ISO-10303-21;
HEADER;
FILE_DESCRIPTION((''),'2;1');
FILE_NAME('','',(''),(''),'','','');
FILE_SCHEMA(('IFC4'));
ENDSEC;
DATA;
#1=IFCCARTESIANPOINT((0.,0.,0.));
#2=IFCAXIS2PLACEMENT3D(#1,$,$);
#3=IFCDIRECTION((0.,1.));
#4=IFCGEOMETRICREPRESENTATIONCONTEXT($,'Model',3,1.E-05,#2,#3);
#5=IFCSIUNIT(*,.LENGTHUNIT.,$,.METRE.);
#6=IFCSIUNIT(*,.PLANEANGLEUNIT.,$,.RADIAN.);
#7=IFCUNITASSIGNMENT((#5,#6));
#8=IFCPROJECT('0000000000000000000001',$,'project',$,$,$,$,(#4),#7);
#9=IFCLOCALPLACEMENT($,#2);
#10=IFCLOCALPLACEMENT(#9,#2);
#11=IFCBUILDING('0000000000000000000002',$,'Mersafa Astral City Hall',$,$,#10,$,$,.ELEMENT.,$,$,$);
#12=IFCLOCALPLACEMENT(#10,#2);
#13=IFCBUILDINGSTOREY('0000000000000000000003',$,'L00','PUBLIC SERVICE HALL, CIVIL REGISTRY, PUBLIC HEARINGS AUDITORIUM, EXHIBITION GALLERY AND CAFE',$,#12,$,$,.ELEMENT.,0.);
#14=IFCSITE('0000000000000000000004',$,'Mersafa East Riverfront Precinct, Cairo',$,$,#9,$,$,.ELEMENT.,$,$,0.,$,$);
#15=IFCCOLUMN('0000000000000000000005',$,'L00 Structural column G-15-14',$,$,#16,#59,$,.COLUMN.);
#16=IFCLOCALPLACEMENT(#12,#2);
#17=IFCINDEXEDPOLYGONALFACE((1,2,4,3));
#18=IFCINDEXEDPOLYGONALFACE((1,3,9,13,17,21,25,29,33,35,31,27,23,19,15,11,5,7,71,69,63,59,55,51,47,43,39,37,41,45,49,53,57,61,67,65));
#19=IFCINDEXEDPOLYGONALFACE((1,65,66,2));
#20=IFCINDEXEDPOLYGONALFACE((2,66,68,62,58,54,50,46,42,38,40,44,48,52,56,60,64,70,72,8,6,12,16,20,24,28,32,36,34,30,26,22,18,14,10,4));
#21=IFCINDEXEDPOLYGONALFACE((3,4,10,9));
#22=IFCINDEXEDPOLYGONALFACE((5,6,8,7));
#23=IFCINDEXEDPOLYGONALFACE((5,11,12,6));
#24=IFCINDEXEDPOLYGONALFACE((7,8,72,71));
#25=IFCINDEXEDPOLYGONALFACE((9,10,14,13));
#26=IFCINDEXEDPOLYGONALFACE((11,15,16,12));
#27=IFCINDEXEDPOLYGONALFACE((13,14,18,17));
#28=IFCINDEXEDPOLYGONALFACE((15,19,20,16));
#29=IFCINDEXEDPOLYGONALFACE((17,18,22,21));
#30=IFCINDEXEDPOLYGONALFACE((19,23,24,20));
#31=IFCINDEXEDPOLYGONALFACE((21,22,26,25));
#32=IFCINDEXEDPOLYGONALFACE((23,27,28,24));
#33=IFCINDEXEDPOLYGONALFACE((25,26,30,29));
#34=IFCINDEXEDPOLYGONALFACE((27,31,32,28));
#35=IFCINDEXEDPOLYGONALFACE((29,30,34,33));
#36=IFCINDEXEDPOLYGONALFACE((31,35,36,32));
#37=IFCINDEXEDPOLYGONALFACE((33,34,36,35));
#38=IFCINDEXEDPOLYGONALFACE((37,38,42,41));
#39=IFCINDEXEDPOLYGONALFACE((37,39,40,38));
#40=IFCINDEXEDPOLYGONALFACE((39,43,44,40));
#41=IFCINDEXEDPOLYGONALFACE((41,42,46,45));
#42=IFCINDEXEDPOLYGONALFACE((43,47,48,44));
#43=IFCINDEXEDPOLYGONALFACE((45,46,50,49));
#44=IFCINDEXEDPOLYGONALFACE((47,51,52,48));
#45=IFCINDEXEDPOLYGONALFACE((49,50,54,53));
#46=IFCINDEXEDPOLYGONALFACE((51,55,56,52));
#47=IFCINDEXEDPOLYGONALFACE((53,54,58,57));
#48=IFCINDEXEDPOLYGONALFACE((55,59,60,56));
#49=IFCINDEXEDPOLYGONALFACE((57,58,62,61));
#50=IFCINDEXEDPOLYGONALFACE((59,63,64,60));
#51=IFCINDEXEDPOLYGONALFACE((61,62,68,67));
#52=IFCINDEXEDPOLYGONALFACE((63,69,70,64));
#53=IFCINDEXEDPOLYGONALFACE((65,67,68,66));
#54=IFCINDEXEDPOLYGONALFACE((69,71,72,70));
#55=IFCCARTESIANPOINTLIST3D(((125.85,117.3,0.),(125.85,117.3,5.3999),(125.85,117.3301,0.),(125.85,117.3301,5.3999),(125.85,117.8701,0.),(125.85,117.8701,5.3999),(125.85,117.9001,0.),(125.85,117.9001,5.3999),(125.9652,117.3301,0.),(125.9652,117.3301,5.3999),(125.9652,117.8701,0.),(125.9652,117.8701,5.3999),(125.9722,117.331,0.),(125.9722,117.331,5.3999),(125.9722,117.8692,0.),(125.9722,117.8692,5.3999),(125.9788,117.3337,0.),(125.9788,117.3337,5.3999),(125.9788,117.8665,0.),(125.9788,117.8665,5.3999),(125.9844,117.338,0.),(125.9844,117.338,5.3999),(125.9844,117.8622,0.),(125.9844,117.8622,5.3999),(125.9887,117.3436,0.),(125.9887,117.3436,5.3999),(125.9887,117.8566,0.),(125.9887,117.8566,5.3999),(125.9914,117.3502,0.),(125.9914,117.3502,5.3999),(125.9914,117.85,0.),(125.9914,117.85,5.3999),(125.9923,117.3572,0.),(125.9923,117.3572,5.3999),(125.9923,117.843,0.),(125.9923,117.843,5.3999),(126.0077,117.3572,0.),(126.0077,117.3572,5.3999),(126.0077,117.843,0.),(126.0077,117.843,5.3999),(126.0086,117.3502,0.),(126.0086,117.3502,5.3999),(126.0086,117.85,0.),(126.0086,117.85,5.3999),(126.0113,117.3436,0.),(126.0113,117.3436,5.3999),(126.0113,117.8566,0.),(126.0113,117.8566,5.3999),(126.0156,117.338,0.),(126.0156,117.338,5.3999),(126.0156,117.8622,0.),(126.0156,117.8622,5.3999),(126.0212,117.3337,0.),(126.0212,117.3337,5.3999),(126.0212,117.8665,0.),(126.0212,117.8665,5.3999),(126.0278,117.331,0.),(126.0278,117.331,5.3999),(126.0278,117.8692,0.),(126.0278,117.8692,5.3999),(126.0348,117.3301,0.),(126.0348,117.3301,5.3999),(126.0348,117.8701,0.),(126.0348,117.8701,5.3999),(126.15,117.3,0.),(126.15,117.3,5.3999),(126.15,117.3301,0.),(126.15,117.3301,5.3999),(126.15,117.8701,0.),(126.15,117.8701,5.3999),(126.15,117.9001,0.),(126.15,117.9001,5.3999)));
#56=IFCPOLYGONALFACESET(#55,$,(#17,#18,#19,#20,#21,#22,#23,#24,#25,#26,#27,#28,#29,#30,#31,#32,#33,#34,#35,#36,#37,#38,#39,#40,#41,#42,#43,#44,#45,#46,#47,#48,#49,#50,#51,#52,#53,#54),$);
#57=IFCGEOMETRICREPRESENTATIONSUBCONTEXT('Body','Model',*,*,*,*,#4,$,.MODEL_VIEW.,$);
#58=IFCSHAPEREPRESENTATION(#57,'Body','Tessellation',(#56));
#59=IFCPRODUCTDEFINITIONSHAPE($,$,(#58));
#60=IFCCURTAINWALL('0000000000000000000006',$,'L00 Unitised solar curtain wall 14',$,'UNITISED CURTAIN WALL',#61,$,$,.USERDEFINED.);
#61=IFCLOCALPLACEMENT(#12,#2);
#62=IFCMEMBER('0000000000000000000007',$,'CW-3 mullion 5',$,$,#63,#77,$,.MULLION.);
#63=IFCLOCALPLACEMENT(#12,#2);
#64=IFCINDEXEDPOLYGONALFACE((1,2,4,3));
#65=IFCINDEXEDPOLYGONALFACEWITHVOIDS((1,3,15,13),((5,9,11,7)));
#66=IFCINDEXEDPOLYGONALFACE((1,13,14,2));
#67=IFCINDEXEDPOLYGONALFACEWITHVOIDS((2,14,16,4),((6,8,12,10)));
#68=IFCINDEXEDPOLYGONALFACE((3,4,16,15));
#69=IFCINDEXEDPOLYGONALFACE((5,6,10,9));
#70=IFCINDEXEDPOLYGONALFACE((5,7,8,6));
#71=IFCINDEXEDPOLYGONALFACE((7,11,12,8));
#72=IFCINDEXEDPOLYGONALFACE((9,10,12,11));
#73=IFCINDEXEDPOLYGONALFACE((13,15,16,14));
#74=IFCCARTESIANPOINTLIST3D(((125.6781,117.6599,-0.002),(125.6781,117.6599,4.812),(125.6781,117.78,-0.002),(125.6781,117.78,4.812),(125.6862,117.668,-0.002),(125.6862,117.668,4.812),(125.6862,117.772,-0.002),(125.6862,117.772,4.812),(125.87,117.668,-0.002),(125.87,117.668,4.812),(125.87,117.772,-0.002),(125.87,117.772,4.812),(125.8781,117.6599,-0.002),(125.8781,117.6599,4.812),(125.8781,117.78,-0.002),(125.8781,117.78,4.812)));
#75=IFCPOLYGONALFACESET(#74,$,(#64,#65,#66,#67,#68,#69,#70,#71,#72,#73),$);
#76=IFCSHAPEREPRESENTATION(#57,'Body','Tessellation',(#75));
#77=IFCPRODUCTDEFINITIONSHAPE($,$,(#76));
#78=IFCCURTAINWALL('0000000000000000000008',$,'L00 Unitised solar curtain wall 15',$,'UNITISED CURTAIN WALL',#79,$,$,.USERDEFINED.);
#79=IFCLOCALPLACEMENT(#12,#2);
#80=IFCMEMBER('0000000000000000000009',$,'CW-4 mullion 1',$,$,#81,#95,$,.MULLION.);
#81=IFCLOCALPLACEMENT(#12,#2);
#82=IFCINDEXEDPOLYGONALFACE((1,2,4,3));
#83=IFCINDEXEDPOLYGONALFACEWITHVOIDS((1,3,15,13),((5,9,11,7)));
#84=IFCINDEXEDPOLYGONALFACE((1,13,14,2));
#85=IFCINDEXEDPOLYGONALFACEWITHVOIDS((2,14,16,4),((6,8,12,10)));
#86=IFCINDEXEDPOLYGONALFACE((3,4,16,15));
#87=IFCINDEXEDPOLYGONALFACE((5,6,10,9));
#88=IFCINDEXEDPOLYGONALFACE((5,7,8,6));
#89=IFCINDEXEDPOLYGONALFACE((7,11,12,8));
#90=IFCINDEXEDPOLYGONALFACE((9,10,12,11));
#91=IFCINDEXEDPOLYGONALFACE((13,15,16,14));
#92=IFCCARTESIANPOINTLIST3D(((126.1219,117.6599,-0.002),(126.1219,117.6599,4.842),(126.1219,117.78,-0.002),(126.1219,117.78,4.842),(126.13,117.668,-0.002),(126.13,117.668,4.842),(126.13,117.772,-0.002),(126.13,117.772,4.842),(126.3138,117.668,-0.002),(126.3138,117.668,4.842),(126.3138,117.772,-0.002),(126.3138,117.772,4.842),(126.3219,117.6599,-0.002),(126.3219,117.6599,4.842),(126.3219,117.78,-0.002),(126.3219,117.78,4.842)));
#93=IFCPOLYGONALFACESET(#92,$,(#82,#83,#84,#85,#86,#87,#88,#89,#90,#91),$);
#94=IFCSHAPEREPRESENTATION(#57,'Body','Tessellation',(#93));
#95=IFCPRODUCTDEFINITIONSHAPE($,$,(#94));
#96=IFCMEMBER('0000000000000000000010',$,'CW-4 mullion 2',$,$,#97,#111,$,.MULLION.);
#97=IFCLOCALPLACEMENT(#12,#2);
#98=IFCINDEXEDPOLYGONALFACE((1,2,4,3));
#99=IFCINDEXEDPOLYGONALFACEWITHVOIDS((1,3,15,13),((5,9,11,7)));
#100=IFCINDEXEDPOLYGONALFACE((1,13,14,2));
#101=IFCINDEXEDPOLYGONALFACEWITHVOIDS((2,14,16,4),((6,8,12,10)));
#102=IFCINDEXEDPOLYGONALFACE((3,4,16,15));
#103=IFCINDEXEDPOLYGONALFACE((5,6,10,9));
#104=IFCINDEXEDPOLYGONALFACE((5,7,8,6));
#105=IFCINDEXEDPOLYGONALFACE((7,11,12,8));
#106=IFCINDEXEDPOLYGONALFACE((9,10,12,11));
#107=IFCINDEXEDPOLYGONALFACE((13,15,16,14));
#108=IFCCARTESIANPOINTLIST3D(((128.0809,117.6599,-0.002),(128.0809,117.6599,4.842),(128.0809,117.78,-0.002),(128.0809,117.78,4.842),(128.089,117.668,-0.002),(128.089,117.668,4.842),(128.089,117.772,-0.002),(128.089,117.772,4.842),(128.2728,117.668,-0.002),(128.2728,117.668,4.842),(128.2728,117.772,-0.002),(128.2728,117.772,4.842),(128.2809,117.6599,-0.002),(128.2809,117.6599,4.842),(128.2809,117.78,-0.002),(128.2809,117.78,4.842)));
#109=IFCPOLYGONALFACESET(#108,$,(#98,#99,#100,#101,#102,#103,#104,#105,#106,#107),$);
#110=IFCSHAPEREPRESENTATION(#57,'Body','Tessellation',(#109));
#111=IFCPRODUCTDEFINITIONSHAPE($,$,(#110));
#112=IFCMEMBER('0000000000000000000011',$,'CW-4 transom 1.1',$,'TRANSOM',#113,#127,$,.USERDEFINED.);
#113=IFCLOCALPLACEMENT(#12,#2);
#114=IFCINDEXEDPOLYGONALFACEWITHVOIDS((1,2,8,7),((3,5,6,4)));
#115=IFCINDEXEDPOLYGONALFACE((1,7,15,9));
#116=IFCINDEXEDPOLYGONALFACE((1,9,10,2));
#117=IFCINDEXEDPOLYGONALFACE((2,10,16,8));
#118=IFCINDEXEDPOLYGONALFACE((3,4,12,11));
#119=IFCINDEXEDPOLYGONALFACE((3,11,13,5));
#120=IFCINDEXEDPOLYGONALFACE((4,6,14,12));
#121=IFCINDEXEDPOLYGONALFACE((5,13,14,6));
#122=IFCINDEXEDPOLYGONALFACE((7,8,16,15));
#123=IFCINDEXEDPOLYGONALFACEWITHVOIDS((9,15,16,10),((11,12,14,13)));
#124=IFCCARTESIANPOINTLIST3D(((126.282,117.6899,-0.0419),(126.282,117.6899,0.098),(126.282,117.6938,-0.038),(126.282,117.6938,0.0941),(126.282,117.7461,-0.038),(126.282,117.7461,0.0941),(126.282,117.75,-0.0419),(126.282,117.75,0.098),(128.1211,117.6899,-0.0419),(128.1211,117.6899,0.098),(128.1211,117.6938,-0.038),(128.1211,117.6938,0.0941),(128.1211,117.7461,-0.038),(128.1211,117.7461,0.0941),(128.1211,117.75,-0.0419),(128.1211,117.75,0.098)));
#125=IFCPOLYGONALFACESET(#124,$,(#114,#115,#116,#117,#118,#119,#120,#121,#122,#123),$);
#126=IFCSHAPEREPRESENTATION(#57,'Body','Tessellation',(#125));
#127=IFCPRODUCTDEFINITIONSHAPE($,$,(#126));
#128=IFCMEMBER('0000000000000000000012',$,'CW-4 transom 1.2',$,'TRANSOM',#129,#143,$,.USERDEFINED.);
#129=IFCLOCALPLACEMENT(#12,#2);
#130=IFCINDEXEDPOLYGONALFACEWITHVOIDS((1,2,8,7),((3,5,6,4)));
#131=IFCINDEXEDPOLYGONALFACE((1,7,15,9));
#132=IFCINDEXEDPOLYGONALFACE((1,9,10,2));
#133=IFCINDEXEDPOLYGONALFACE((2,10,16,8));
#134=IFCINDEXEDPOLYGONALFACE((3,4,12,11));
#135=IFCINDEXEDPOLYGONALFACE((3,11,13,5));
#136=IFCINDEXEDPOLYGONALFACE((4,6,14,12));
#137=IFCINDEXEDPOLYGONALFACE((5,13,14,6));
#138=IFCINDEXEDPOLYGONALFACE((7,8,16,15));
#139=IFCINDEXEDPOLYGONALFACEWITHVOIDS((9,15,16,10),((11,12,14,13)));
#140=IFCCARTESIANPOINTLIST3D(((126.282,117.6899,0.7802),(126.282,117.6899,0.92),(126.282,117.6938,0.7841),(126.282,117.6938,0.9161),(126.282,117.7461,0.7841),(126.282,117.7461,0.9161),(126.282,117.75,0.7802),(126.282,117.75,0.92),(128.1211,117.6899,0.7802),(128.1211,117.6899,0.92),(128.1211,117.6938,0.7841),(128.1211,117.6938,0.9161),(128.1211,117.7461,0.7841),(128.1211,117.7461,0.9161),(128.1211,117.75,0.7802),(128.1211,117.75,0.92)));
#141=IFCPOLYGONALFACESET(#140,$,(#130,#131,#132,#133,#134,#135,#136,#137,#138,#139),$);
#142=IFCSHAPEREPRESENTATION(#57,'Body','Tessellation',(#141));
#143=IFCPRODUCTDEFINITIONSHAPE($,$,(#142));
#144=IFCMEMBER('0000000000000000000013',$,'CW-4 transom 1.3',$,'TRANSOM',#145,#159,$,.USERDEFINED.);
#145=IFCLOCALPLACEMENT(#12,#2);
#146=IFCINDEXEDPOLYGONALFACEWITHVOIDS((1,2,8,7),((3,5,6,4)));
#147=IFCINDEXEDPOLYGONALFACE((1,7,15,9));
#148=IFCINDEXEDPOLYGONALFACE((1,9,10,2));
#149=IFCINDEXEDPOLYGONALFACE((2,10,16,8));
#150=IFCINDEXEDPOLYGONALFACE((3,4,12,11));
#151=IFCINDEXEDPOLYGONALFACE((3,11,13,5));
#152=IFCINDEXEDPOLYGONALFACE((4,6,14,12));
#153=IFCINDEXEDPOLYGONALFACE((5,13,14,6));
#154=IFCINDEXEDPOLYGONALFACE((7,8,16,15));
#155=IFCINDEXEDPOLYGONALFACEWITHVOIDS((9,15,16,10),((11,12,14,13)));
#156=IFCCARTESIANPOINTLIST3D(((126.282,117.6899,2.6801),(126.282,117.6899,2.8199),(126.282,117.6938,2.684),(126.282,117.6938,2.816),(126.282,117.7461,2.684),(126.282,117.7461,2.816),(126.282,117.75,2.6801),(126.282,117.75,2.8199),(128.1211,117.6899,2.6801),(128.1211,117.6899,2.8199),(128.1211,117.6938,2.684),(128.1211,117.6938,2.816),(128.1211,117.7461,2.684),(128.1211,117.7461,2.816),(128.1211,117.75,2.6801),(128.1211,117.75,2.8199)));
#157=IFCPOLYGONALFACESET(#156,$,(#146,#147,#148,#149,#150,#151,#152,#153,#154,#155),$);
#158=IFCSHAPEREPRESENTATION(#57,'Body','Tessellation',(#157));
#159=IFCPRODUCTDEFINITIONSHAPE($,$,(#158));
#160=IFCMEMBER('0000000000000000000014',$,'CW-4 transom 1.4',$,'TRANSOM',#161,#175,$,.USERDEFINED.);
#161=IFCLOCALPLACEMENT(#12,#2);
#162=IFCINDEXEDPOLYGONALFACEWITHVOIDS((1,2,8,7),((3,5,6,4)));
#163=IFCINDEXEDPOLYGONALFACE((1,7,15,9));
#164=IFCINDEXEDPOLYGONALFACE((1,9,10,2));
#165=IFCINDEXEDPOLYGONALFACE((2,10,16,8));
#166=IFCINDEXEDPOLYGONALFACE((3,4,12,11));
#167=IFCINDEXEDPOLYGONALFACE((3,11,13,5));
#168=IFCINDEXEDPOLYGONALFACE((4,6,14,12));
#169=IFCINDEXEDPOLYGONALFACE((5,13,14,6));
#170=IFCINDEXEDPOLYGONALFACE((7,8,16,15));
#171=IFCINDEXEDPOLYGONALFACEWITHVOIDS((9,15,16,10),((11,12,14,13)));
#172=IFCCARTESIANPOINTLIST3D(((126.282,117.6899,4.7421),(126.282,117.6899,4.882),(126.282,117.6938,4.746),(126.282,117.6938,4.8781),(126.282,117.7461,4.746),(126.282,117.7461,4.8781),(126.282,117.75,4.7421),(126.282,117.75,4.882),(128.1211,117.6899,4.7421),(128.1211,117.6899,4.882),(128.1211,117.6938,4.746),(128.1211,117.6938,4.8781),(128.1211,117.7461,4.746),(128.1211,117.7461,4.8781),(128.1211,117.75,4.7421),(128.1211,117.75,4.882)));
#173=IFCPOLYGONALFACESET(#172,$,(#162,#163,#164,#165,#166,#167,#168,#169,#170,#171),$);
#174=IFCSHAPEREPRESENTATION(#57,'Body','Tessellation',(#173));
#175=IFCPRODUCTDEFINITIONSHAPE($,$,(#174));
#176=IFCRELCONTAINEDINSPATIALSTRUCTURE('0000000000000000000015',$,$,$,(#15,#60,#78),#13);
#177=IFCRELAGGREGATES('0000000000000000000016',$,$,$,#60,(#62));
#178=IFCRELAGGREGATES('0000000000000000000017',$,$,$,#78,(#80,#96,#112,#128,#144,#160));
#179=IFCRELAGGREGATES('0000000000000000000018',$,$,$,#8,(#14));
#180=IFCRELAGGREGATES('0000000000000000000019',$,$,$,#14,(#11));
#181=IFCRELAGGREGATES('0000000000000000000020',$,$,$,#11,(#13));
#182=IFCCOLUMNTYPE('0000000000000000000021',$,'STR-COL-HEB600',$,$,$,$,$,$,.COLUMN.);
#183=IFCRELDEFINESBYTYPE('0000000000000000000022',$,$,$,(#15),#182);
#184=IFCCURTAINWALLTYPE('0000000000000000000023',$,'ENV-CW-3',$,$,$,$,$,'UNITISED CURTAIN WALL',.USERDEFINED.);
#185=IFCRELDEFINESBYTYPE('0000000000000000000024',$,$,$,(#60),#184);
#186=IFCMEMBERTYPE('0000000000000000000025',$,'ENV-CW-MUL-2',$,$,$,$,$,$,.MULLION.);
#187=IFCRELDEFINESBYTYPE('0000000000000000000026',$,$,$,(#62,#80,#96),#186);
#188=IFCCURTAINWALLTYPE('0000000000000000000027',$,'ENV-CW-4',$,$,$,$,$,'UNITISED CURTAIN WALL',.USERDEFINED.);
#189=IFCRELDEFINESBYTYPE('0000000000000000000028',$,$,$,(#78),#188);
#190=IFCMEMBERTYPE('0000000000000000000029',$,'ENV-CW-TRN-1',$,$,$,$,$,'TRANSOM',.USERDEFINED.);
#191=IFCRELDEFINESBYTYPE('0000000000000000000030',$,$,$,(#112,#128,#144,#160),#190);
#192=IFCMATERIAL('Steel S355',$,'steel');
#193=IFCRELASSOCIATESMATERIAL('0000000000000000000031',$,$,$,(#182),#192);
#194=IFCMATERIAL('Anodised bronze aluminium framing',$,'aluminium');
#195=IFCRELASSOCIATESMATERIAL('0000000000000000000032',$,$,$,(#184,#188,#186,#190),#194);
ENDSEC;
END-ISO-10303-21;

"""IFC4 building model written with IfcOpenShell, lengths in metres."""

from ifc_helpers import new_model, si_unit, direction, frame, origin, origin_2d, place, context, subcontext, project, spatial, hollow_rectangle, i_section, extrude, material, material_profile, profile_set, type_object, element, aggregate, save


model = new_model("IFC4")

# Units and contexts
model_context = context("Model", 3, precision=1e-05, world=origin(), true_north=direction((0.0, 1.0)))
body_context = subcontext(model_context, "Body", "Model", "MODEL_VIEW")
ifc_project = project(units=[si_unit("LENGTHUNIT", "METRE"), si_unit("PLANEANGLEUNIT", "RADIAN")], contexts=[model_context])

# Site, building, storey
site_placement = place(None, origin())
site = spatial("IfcSite", under=ifc_project, at=site_placement, Name="Mersafa East Riverfront Precinct, Cairo", CompositionType="ELEMENT", RefElevation=0.0)
building_placement = place(site_placement, origin())
building = spatial("IfcBuilding", under=site, at=building_placement, Name="Mersafa Astral City Hall", CompositionType="ELEMENT")
storey_placement = place(building_placement, origin())
storey = spatial("IfcBuildingStorey", under=building, at=storey_placement, Name="L00", Description="PUBLIC SERVICE HALL, CIVIL REGISTRY, PUBLIC HEARINGS AUDITORIUM, EXHIBITION GALLERY AND CAFE", CompositionType="ELEMENT", Elevation=0.0)

# Column
ifc_material_1 = material(Name="Steel S355", Category="steel")
ifc_material_profile_1 = material_profile(ifc_material_1, i_section(OverallWidth=0.3, OverallDepth=0.6001, WebThickness=0.0154, FlangeThickness=0.03, FilletRadius=0.0271, at=origin_2d()), Name="HEB 600")
ifc_profile_set_1 = profile_set([ifc_material_profile_1], Name="Steel S355")
column_type = type_object("IfcColumnType", Name="STR-COL-HEB600", PredefinedType="COLUMN", material=ifc_profile_set_1)
column_placement = place(storey_placement, frame((126.0, 117.6001, 0.0), z_axis=(0.0, 0.0, 1.0), x_axis=(1.0, 0.0, 0.0)))
element("IfcColumn", 1, at=column_placement, inside=storey, type_object=column_type, Name="L00 Structural column G-15-14", PredefinedType="COLUMN", context=body_context, shape_type="SweptSolid", body=[
    extrude(i_section(OverallWidth=0.3, OverallDepth=0.6001, WebThickness=0.0154, FlangeThickness=0.03, FilletRadius=0.0271, at=origin_2d()), origin(), (0.0, 0.0, 1.0), 5.3999),
])

# Curtain wall, member
ifc_material_2 = material(Name="Anodised bronze aluminium framing", Category="aluminium")
curtain_wall_type_1 = type_object("IfcCurtainWallType", Name="ENV-CW-3", ElementType="UNITISED CURTAIN WALL", PredefinedType="USERDEFINED", material=ifc_material_2)
curtain_wall_1_placement = place(storey_placement, origin())
curtain_wall_1 = element("IfcCurtainWall", 2, at=curtain_wall_1_placement, inside=storey, type_object=curtain_wall_type_1, Name="L00 Unitised solar curtain wall 14", ObjectType="UNITISED CURTAIN WALL", PredefinedType="USERDEFINED")
ifc_material_profile_2 = material_profile(ifc_material_2, hollow_rectangle(XDim=0.1201, YDim=0.2, WallThickness=0.0081, at=origin_2d()), Name="RHS 120x200x8")
ifc_profile_set_2 = profile_set([ifc_material_profile_2], Name="Anodised bronze aluminium framing")
member_type_1 = type_object("IfcMemberType", Name="ENV-CW-MUL-2", PredefinedType="MULLION", material=ifc_profile_set_2)
member_1_placement = place(storey_placement, frame((125.7781, 117.72, -0.002), z_axis=(0.0, 0.0, 1.0), x_axis=(0.0, 1.0, 0.0)))
member_1 = element("IfcMember", 3, at=member_1_placement, type_object=member_type_1, Name="CW-3 mullion 5", PredefinedType="MULLION", context=body_context, shape_type="SweptSolid", body=[
    extrude(hollow_rectangle(XDim=0.1201, YDim=0.2, WallThickness=0.0081, at=origin_2d()), origin(), (0.0, 0.0, 1.0), 4.814),
])

# Curtain wall, members
curtain_wall_type_2 = type_object("IfcCurtainWallType", Name="ENV-CW-4", ElementType="UNITISED CURTAIN WALL", PredefinedType="USERDEFINED", material=ifc_material_2)
curtain_wall_2_placement = place(storey_placement, origin())
curtain_wall_2 = element("IfcCurtainWall", 4, at=curtain_wall_2_placement, inside=storey, type_object=curtain_wall_type_2, Name="L00 Unitised solar curtain wall 15", ObjectType="UNITISED CURTAIN WALL", PredefinedType="USERDEFINED")
member_2_placement = place(storey_placement, frame((126.2219, 117.72, -0.002), z_axis=(0.0, 0.0, 1.0), x_axis=(0.0, 1.0, 0.0)))
member_2 = element("IfcMember", 5, at=member_2_placement, type_object=member_type_1, Name="CW-4 mullion 1", PredefinedType="MULLION", context=body_context, shape_type="SweptSolid", body=[
    extrude(hollow_rectangle(XDim=0.1201, YDim=0.2, WallThickness=0.0081, at=origin_2d()), origin(), (0.0, 0.0, 1.0), 4.844),
])
member_3_placement = place(storey_placement, frame((128.1809, 117.72, -0.002), z_axis=(0.0, 0.0, 1.0), x_axis=(0.0, 1.0, 0.0)))
member_3 = element("IfcMember", 6, at=member_3_placement, type_object=member_type_1, Name="CW-4 mullion 2", PredefinedType="MULLION", context=body_context, shape_type="SweptSolid", body=[
    extrude(hollow_rectangle(XDim=0.1201, YDim=0.2, WallThickness=0.0081, at=origin_2d()), origin(), (0.0, 0.0, 1.0), 4.844),
])
ifc_material_profile_3 = material_profile(ifc_material_2, hollow_rectangle(XDim=0.0601, YDim=0.1399, WallThickness=0.0039, at=origin_2d()), Name="RHS 60x140x4")
ifc_profile_set_3 = profile_set([ifc_material_profile_3], Name="Anodised bronze aluminium framing")
member_type_2 = type_object("IfcMemberType", Name="ENV-CW-TRN-1", ElementType="TRANSOM", PredefinedType="USERDEFINED", material=ifc_profile_set_3)
member_4_placement = place(storey_placement, frame((126.282, 117.72, 0.0281), z_axis=(1.0, 0.0, 0.0), x_axis=(0.0, 1.0, 0.0)))
member_4 = element("IfcMember", 7, at=member_4_placement, type_object=member_type_2, Name="CW-4 transom 1.1", ObjectType="TRANSOM", PredefinedType="USERDEFINED", context=body_context, shape_type="SweptSolid", body=[
    extrude(hollow_rectangle(XDim=0.0601, YDim=0.1399, WallThickness=0.0039, at=origin_2d()), origin(), (0.0, 0.0, 1.0), 1.8391),
])
member_5_placement = place(storey_placement, frame((126.282, 117.72, 0.8501), z_axis=(1.0, 0.0, 0.0), x_axis=(0.0, 1.0, 0.0)))
member_5 = element("IfcMember", 8, at=member_5_placement, type_object=member_type_2, Name="CW-4 transom 1.2", ObjectType="TRANSOM", PredefinedType="USERDEFINED", context=body_context, shape_type="SweptSolid", body=[
    extrude(hollow_rectangle(XDim=0.0601, YDim=0.1399, WallThickness=0.0039, at=origin_2d()), origin(), (0.0, 0.0, 1.0), 1.8391),
])
member_6_placement = place(storey_placement, frame((126.282, 117.72, 2.75), z_axis=(1.0, 0.0, 0.0), x_axis=(0.0, 1.0, 0.0)))
member_6 = element("IfcMember", 9, at=member_6_placement, type_object=member_type_2, Name="CW-4 transom 1.3", ObjectType="TRANSOM", PredefinedType="USERDEFINED", context=body_context, shape_type="SweptSolid", body=[
    extrude(hollow_rectangle(XDim=0.0601, YDim=0.1399, WallThickness=0.0039, at=origin_2d()), origin(), (0.0, 0.0, 1.0), 1.8391),
])
member_7_placement = place(storey_placement, frame((126.282, 117.72, 4.812), z_axis=(1.0, 0.0, 0.0), x_axis=(0.0, 1.0, 0.0)))
member_7 = element("IfcMember", 10, at=member_7_placement, type_object=member_type_2, Name="CW-4 transom 1.4", ObjectType="TRANSOM", PredefinedType="USERDEFINED", context=body_context, shape_type="SweptSolid", body=[
    extrude(hollow_rectangle(XDim=0.0601, YDim=0.1399, WallThickness=0.0039, at=origin_2d()), origin(), (0.0, 0.0, 1.0), 1.8391),
])

aggregate(curtain_wall_1, [member_1])
aggregate(curtain_wall_2, [member_2, member_3, member_4, member_5, member_6, member_7])

save(model, "model.ifc")
